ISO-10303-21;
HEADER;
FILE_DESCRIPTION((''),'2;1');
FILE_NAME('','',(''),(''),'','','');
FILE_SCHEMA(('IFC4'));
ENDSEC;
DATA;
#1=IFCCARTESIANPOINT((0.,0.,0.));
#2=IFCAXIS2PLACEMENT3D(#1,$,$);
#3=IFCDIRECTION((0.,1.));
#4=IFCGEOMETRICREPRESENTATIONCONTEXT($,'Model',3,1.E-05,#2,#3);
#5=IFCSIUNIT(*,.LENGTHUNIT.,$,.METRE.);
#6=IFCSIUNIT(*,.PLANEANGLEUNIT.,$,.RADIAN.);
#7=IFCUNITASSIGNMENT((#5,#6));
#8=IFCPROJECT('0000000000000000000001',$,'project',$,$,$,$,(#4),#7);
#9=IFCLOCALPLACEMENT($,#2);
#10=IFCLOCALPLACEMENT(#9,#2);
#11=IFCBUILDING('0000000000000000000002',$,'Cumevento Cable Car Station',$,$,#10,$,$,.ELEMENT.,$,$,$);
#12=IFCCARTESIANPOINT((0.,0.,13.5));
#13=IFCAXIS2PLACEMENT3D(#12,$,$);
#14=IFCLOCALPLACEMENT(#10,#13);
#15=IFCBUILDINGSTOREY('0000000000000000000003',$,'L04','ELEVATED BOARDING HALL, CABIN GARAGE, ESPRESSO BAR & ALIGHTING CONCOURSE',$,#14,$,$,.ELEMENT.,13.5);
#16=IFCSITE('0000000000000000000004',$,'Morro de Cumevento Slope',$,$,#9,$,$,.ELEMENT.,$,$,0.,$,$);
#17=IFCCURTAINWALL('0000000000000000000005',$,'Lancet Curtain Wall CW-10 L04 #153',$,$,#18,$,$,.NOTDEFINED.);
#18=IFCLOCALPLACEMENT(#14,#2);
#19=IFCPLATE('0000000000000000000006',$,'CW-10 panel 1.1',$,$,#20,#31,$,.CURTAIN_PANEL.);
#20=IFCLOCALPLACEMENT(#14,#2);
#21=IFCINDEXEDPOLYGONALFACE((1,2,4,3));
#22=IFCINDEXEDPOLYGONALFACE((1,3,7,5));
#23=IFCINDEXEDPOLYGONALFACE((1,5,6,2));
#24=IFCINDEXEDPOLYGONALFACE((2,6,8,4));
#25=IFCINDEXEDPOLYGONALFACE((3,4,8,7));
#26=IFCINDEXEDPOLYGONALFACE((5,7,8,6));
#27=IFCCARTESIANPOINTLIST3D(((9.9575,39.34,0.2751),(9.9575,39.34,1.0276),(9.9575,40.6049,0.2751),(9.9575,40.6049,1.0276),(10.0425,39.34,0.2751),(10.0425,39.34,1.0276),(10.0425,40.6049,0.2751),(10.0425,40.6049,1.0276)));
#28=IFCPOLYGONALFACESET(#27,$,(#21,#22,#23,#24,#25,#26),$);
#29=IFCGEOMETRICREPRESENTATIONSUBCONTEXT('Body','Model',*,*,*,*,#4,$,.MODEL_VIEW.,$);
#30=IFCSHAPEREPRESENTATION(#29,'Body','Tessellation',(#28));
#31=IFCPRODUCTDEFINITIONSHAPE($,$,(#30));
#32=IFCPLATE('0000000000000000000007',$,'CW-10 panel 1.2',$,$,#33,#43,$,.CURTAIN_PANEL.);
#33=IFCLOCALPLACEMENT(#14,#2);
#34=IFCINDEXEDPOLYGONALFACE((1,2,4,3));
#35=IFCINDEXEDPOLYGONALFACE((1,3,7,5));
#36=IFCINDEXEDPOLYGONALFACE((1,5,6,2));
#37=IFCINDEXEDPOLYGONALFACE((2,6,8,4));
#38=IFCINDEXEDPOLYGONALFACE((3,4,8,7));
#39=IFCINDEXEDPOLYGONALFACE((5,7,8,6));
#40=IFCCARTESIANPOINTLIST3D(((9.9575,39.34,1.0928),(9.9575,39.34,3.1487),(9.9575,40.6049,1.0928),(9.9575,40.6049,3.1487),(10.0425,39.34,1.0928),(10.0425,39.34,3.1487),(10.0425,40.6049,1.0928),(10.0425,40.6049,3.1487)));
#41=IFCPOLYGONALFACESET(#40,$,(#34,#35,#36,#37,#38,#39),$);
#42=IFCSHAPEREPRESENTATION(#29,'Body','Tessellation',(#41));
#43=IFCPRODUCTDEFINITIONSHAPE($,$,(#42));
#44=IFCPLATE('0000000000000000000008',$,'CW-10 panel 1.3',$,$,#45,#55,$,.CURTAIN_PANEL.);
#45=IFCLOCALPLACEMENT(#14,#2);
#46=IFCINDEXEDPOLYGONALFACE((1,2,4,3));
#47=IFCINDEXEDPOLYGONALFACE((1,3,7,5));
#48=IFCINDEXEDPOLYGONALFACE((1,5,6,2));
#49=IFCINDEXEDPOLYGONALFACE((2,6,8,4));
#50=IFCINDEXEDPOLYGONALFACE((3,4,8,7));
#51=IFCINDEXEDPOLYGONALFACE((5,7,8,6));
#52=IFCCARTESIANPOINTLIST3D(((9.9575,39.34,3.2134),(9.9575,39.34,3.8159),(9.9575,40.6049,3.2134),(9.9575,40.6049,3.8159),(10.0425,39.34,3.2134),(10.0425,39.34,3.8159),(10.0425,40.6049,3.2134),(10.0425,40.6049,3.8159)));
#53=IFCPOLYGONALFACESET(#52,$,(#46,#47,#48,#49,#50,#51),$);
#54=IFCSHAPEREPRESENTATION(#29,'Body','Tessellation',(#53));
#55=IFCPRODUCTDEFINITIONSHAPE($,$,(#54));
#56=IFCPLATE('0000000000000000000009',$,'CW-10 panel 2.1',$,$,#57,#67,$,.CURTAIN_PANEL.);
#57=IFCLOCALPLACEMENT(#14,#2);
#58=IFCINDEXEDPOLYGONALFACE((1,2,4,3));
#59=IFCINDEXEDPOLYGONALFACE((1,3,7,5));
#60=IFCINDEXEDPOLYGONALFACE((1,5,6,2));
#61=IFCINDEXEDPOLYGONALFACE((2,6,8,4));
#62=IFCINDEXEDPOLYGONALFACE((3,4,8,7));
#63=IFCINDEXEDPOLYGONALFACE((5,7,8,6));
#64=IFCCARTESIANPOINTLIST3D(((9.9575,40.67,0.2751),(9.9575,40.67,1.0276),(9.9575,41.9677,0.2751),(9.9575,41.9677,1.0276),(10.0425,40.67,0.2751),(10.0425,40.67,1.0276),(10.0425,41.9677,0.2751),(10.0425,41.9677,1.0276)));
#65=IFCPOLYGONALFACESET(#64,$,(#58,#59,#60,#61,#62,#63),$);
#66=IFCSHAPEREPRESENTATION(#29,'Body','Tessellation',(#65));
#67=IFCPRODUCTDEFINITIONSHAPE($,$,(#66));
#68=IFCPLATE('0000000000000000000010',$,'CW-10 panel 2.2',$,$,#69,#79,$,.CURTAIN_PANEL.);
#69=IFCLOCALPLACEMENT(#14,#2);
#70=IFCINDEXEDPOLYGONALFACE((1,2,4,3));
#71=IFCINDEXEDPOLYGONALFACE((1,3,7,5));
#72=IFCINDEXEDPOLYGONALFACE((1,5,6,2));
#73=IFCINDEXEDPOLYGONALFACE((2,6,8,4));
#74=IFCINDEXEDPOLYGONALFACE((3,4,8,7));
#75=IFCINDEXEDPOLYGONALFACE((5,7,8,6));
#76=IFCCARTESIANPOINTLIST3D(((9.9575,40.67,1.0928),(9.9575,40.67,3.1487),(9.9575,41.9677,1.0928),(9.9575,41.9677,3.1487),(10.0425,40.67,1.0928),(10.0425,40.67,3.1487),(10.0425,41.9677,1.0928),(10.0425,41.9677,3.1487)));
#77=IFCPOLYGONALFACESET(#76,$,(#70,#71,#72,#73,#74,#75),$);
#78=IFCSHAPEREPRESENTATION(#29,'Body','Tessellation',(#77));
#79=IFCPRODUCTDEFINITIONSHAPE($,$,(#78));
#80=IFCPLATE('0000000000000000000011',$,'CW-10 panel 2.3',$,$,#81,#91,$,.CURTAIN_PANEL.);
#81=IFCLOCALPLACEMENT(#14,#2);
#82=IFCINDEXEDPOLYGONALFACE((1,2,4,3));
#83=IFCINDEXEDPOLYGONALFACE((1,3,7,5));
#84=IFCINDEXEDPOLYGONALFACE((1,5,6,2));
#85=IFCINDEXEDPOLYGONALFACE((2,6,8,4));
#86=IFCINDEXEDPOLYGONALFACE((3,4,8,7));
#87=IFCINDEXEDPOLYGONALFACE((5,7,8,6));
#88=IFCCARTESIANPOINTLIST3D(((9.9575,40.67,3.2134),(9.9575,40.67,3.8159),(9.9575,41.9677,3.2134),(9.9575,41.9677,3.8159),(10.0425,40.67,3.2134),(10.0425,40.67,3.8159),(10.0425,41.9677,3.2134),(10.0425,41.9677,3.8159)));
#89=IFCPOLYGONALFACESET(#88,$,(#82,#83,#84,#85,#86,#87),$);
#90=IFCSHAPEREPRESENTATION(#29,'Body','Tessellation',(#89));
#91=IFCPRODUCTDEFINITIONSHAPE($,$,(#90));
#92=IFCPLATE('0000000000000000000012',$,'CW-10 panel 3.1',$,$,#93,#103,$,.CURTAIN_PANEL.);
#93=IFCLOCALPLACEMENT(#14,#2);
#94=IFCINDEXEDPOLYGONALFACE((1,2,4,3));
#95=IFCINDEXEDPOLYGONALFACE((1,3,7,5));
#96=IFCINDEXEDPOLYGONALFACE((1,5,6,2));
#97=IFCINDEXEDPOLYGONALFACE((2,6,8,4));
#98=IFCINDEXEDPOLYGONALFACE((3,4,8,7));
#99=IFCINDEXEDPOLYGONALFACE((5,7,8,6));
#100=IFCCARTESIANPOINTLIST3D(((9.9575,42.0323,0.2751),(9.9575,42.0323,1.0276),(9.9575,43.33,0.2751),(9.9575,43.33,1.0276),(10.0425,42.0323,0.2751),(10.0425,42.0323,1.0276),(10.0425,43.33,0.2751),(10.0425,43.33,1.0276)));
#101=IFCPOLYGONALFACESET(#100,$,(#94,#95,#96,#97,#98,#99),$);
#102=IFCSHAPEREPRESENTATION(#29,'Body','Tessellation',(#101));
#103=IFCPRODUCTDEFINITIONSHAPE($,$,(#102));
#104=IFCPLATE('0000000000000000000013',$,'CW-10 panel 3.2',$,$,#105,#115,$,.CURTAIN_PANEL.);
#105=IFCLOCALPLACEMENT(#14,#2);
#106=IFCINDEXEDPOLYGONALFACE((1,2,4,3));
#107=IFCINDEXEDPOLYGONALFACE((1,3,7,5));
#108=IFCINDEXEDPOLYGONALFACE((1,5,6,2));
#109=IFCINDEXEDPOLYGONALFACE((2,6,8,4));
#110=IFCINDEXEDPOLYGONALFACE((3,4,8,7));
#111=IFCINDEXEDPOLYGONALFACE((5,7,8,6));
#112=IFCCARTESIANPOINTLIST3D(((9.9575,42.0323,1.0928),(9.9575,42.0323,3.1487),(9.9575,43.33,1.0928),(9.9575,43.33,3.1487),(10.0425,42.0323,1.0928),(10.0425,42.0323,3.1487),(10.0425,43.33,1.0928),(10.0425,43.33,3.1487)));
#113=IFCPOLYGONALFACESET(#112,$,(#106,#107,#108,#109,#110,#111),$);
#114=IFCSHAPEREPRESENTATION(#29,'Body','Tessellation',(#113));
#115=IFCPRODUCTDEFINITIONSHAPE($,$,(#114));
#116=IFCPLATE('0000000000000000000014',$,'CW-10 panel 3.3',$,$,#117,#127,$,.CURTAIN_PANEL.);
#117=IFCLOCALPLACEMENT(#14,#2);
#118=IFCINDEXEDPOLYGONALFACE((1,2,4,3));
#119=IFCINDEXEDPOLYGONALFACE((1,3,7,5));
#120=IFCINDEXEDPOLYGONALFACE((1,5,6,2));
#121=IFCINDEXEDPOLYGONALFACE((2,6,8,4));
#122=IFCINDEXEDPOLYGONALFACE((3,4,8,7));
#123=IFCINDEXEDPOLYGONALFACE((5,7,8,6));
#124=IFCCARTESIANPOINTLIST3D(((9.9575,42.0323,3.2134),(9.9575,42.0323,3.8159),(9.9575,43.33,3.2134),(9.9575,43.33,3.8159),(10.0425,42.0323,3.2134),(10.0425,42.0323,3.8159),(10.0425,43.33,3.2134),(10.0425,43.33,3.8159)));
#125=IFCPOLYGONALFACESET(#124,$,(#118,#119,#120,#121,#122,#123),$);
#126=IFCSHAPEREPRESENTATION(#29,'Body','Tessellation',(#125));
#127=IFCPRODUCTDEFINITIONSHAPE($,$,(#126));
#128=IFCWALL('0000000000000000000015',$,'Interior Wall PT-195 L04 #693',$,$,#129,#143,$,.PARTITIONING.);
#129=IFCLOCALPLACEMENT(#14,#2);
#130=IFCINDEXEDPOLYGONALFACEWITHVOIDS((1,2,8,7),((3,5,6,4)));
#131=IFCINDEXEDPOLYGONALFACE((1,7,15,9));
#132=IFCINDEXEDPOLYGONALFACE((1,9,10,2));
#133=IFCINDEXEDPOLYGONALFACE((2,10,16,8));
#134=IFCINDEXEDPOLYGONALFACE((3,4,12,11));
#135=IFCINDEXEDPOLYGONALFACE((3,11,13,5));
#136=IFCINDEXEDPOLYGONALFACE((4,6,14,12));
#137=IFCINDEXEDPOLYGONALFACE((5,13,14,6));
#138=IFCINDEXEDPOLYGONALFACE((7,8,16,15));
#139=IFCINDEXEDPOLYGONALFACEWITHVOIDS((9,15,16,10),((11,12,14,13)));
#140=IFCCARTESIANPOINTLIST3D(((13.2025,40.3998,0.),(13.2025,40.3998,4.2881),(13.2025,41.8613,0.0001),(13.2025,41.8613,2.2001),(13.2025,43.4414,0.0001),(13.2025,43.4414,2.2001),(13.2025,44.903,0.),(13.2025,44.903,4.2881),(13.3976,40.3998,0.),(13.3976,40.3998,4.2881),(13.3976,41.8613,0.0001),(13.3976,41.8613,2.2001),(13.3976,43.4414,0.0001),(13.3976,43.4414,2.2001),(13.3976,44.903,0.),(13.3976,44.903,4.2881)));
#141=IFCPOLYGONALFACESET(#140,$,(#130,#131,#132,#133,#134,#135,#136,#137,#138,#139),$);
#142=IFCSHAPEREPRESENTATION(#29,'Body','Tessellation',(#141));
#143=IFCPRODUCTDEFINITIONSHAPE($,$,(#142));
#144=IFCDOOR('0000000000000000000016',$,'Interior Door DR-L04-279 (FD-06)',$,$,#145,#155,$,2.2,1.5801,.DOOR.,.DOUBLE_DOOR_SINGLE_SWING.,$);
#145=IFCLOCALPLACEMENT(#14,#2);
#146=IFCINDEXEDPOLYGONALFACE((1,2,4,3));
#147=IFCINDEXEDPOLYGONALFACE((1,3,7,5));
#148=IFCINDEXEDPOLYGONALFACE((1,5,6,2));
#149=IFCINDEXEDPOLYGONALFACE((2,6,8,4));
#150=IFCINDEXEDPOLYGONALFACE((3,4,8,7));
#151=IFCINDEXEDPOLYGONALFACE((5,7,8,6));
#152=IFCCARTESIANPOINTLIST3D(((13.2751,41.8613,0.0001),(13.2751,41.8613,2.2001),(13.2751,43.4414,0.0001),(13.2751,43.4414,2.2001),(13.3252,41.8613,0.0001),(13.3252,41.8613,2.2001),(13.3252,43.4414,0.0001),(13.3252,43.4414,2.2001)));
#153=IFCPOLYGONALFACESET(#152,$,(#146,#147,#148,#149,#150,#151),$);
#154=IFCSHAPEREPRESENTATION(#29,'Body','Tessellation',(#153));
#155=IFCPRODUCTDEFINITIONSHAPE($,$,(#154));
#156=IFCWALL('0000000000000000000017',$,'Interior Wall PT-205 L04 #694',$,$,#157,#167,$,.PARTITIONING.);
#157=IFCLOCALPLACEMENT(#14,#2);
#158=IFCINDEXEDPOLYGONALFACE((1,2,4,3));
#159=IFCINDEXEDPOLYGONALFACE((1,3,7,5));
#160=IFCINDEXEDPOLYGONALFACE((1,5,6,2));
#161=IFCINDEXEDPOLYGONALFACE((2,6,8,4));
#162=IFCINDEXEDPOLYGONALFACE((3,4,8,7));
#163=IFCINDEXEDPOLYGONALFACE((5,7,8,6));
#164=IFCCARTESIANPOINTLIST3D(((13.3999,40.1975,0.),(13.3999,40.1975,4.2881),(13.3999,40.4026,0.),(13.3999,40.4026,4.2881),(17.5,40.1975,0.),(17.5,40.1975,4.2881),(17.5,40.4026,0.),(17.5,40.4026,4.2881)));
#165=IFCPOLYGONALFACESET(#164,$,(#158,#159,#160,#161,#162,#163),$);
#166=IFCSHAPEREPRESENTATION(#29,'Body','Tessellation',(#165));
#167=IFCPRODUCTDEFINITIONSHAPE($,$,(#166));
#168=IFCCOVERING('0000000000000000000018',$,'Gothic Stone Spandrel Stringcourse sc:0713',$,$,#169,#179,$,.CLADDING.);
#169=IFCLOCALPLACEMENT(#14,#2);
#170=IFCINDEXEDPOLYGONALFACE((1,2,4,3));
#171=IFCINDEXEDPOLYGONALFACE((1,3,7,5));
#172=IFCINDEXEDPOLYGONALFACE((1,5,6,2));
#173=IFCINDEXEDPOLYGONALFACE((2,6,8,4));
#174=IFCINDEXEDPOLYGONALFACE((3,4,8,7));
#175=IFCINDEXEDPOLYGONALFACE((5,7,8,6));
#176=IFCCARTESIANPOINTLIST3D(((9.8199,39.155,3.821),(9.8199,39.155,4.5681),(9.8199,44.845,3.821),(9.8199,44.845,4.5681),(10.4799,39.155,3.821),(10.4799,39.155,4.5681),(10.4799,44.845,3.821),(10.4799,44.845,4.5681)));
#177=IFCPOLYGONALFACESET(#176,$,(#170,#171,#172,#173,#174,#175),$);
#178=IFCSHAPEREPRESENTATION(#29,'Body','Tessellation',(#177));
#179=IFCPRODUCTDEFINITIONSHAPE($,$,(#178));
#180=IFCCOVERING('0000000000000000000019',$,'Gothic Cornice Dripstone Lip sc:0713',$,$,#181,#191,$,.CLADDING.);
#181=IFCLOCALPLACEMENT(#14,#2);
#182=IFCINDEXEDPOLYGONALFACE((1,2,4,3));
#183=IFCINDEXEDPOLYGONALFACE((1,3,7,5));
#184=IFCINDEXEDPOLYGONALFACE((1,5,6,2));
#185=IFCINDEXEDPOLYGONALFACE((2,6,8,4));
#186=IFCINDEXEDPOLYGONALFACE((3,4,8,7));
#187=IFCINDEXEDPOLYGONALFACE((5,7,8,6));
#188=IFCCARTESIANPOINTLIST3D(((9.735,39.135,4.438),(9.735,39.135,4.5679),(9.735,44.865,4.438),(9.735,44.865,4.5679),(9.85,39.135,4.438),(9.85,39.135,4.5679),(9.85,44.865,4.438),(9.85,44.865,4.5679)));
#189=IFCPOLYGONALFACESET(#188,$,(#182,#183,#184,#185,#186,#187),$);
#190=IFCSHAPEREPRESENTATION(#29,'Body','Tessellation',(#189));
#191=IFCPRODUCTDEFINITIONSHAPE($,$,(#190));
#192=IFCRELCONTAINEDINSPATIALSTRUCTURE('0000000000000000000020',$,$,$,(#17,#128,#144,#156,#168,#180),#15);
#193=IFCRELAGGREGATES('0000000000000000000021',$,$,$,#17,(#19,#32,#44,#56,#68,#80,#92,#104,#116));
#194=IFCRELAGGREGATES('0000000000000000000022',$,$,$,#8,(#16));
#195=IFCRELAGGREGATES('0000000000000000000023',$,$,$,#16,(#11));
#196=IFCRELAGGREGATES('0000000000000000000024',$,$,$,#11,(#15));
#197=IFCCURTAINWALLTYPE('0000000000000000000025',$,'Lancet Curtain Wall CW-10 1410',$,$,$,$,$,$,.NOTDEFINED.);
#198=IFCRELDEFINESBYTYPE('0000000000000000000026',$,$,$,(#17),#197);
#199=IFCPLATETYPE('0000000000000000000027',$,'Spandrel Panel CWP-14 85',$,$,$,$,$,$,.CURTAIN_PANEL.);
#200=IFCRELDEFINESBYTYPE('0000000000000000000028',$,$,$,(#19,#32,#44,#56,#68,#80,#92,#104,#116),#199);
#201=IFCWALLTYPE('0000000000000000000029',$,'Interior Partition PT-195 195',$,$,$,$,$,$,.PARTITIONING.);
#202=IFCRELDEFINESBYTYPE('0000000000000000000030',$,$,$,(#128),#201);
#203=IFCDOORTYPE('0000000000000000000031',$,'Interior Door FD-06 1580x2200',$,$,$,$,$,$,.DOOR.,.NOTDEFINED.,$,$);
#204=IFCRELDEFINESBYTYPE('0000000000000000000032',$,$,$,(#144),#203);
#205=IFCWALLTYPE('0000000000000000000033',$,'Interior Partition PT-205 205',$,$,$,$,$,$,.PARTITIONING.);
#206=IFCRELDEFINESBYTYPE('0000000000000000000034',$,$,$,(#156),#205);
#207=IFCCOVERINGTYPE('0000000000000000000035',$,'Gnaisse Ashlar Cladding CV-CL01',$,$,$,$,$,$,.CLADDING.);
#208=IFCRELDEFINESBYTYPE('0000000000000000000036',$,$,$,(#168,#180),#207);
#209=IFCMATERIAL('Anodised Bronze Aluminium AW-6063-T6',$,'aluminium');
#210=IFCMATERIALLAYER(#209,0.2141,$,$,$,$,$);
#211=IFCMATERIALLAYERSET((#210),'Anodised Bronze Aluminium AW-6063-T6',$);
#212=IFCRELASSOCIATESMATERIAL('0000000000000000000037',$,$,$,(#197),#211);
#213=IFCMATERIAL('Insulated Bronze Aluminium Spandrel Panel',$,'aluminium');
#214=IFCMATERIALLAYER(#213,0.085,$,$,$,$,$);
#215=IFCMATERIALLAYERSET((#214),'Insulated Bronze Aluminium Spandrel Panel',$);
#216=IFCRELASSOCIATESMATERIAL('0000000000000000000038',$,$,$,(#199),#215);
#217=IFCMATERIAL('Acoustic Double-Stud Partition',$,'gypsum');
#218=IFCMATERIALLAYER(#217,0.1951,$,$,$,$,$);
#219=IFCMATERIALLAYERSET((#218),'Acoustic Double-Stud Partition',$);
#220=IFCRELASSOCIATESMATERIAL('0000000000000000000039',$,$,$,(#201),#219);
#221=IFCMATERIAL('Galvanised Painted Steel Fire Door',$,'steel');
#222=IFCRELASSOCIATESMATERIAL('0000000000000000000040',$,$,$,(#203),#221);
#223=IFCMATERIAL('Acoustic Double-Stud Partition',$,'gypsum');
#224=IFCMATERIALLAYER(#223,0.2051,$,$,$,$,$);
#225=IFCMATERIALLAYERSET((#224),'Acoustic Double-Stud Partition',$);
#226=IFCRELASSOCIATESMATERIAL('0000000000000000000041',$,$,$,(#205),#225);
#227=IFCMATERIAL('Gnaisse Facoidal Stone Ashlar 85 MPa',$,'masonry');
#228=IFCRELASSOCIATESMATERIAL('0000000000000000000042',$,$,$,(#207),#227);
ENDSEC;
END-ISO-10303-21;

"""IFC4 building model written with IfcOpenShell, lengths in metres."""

from ifc_helpers import new_model, si_unit, direction, frame, frame_2d, origin, origin_2d, place, context, subcontext, project, spatial, rectangle, extrude, material, layer, layer_set, type_object, element, fill, aggregate, save


model = new_model("IFC4")

# Units and contexts
model_context = context("Model", 3, precision=1e-05, world=origin(), true_north=direction((0.0, 1.0)))
body_context = subcontext(model_context, "Body", "Model", "MODEL_VIEW")
ifc_project = project(units=[si_unit("LENGTHUNIT", "METRE"), si_unit("PLANEANGLEUNIT", "RADIAN")], contexts=[model_context])

# Site, building, storey
site_placement = place(None, origin())
site = spatial("IfcSite", under=ifc_project, at=site_placement, Name="Morro de Cumevento Slope", CompositionType="ELEMENT", RefElevation=0.0)
building_placement = place(site_placement, origin())
building = spatial("IfcBuilding", under=site, at=building_placement, Name="Cumevento Cable Car Station", CompositionType="ELEMENT")
storey_placement = place(building_placement, frame((0.0, 0.0, 13.5)))
storey = spatial("IfcBuildingStorey", under=building, at=storey_placement, Name="L04", Description="ELEVATED BOARDING HALL, CABIN GARAGE, ESPRESSO BAR & ALIGHTING CONCOURSE", CompositionType="ELEMENT", Elevation=13.5)

# Curtain wall, plates
ifc_material_1 = material(Name="Anodised Bronze Aluminium AW-6063-T6", Category="aluminium")
ifc_layer_1 = layer(ifc_material_1, 0.2141)
ifc_layer_set_1 = layer_set([ifc_layer_1], Name="Anodised Bronze Aluminium AW-6063-T6")
curtain_wall_type = type_object("IfcCurtainWallType", Name="Lancet Curtain Wall CW-10 1410", PredefinedType="NOTDEFINED", material=ifc_layer_set_1)
curtain_wall_placement = place(storey_placement, origin())
curtain_wall = element("IfcCurtainWall", 1, at=curtain_wall_placement, inside=storey, type_object=curtain_wall_type, Name="Lancet Curtain Wall CW-10 L04 #153", PredefinedType="NOTDEFINED")
ifc_material_2 = material(Name="Insulated Bronze Aluminium Spandrel Panel", Category="aluminium")
ifc_layer_2 = layer(ifc_material_2, 0.085)
ifc_layer_set_2 = layer_set([ifc_layer_2], Name="Insulated Bronze Aluminium Spandrel Panel")
plate_type = type_object("IfcPlateType", Name="Spandrel Panel CWP-14 85", PredefinedType="CURTAIN_PANEL", material=ifc_layer_set_2)
plate_1_placement = place(storey_placement, frame((10.0, 39.9724, 0.2751), z_axis=(0.0, 0.0, 1.0), x_axis=(0.0, 1.0, 0.0)))
plate_1 = element("IfcPlate", 2, at=plate_1_placement, type_object=plate_type, Name="CW-10 panel 1.1", PredefinedType="CURTAIN_PANEL", context=body_context, shape_type="SweptSolid", body=[
    extrude(rectangle(XDim=1.2649, YDim=0.085, at=origin_2d()), origin(), (0.0, 0.0, 1.0), 0.7524),
])
plate_2_placement = place(storey_placement, frame((10.0, 39.9724, 1.0928), z_axis=(0.0, 0.0, 1.0), x_axis=(0.0, 1.0, 0.0)))
plate_2 = element("IfcPlate", 3, at=plate_2_placement, type_object=plate_type, Name="CW-10 panel 1.2", PredefinedType="CURTAIN_PANEL", context=body_context, shape_type="SweptSolid", body=[
    extrude(rectangle(XDim=1.2649, YDim=0.085, at=origin_2d()), origin(), (0.0, 0.0, 1.0), 2.0559),
])
plate_3_placement = place(storey_placement, frame((10.0, 39.9724, 3.2134), z_axis=(0.0, 0.0, 1.0), x_axis=(0.0, 1.0, 0.0)))
plate_3 = element("IfcPlate", 4, at=plate_3_placement, type_object=plate_type, Name="CW-10 panel 1.3", PredefinedType="CURTAIN_PANEL", context=body_context, shape_type="SweptSolid", body=[
    extrude(rectangle(XDim=1.2649, YDim=0.085, at=origin_2d()), origin(), (0.0, 0.0, 1.0), 0.6025),
])
plate_4_placement = place(storey_placement, frame((10.0, 41.3188, 0.2751), z_axis=(0.0, 0.0, 1.0), x_axis=(0.0, 1.0, 0.0)))
plate_4 = element("IfcPlate", 5, at=plate_4_placement, type_object=plate_type, Name="CW-10 panel 2.1", PredefinedType="CURTAIN_PANEL", context=body_context, shape_type="SweptSolid", body=[
    extrude(rectangle(XDim=1.2976, YDim=0.085, at=origin_2d()), origin(), (0.0, 0.0, 1.0), 0.7524),
])
plate_5_placement = place(storey_placement, frame((10.0, 41.3188, 1.0928), z_axis=(0.0, 0.0, 1.0), x_axis=(0.0, 1.0, 0.0)))
plate_5 = element("IfcPlate", 6, at=plate_5_placement, type_object=plate_type, Name="CW-10 panel 2.2", PredefinedType="CURTAIN_PANEL", context=body_context, shape_type="SweptSolid", body=[
    extrude(rectangle(XDim=1.2976, YDim=0.085, at=origin_2d()), origin(), (0.0, 0.0, 1.0), 2.0559),
])
plate_6_placement = place(storey_placement, frame((10.0, 41.3188, 3.2134), z_axis=(0.0, 0.0, 1.0), x_axis=(0.0, 1.0, 0.0)))
plate_6 = element("IfcPlate", 7, at=plate_6_placement, type_object=plate_type, Name="CW-10 panel 2.3", PredefinedType="CURTAIN_PANEL", context=body_context, shape_type="SweptSolid", body=[
    extrude(rectangle(XDim=1.2976, YDim=0.085, at=origin_2d()), origin(), (0.0, 0.0, 1.0), 0.6025),
])
plate_7_placement = place(storey_placement, frame((10.0, 42.6812, 0.2751), z_axis=(0.0, 0.0, 1.0), x_axis=(0.0, 1.0, 0.0)))
plate_7 = element("IfcPlate", 8, at=plate_7_placement, type_object=plate_type, Name="CW-10 panel 3.1", PredefinedType="CURTAIN_PANEL", context=body_context, shape_type="SweptSolid", body=[
    extrude(rectangle(XDim=1.2976, YDim=0.085, at=origin_2d()), origin(), (0.0, 0.0, 1.0), 0.7524),
])
plate_8_placement = place(storey_placement, frame((10.0, 42.6812, 1.0928), z_axis=(0.0, 0.0, 1.0), x_axis=(0.0, 1.0, 0.0)))
plate_8 = element("IfcPlate", 9, at=plate_8_placement, type_object=plate_type, Name="CW-10 panel 3.2", PredefinedType="CURTAIN_PANEL", context=body_context, shape_type="SweptSolid", body=[
    extrude(rectangle(XDim=1.2976, YDim=0.085, at=origin_2d()), origin(), (0.0, 0.0, 1.0), 2.0559),
])
plate_9_placement = place(storey_placement, frame((10.0, 42.6812, 3.2134), z_axis=(0.0, 0.0, 1.0), x_axis=(0.0, 1.0, 0.0)))
plate_9 = element("IfcPlate", 10, at=plate_9_placement, type_object=plate_type, Name="CW-10 panel 3.3", PredefinedType="CURTAIN_PANEL", context=body_context, shape_type="SweptSolid", body=[
    extrude(rectangle(XDim=1.2976, YDim=0.085, at=origin_2d()), origin(), (0.0, 0.0, 1.0), 0.6025),
])
aggregate(curtain_wall, [plate_1, plate_2, plate_3, plate_4, plate_5, plate_6, plate_7, plate_8, plate_9])

# Wall, opening, door
ifc_material_3 = material(Name="Acoustic Double-Stud Partition", Category="gypsum")
ifc_layer_3 = layer(ifc_material_3, 0.1951)
ifc_layer_set_3 = layer_set([ifc_layer_3], Name="Acoustic Double-Stud Partition")
wall_type_1 = type_object("IfcWallType", Name="Interior Partition PT-195 195", PredefinedType="PARTITIONING", material=ifc_layer_set_3)
wall_1_placement = place(storey_placement, frame((13.3, 40.3999, 0.0), z_axis=(0.0, 0.0, 1.0), x_axis=(0.0, 1.0, 0.0)))
wall_1 = element("IfcWall", 11, at=wall_1_placement, inside=storey, type_object=wall_type_1, Name="Interior Wall PT-195 L04 #693", PredefinedType="PARTITIONING", context=body_context, shape_type="SweptSolid", body=[
    extrude(rectangle(XDim=4.5032, YDim=0.1951, at=frame_2d((2.2515, 0.0))), origin(), (0.0, 0.0, 1.0), 4.2881),
])
opening_placement = place(wall_1_placement, frame((1.4614, 0.0, 0.0)))
opening = element("IfcOpeningElement", 12, at=opening_placement, cuts=wall_1, PredefinedType="OPENING", context=body_context, shape_type="SweptSolid", body=[
    extrude(rectangle(XDim=1.5801, YDim=2.2, at=frame_2d((0.79, 1.1001))), frame((0.0, 0.1077, 0.0), z_axis=(0.0, -1.0, 0.0), x_axis=(1.0, 0.0, 0.0)), (0.0, 0.0, 1.0), 0.2151),
])
ifc_material_4 = material(Name="Galvanised Painted Steel Fire Door", Category="steel")
door_type = type_object("IfcDoorType", Name="Interior Door FD-06 1580x2200", OperationType="NOTDEFINED", PredefinedType="DOOR", material=ifc_material_4)
door_placement = place(opening_placement, origin())
door = element("IfcDoor", 13, at=door_placement, inside=storey, type_object=door_type, Name="Interior Door DR-L04-279 (FD-06)", OperationType="DOUBLE_DOOR_SINGLE_SWING", OverallHeight=2.2, OverallWidth=1.5801, PredefinedType="DOOR", context=body_context, shape_type="SweptSolid", body=[
    extrude(rectangle(XDim=1.5801, YDim=2.2, at=frame_2d((0.79, 1.1001))), frame((0.0, 0.0249, 0.0), z_axis=(0.0, -1.0, 0.0), x_axis=(1.0, 0.0, 0.0)), (0.0, 0.0, 1.0), 0.05),
])
fill(opening, door)

# Wall
ifc_material_5 = material(Name="Acoustic Double-Stud Partition", Category="gypsum")
ifc_layer_4 = layer(ifc_material_5, 0.2051)
ifc_layer_set_4 = layer_set([ifc_layer_4], Name="Acoustic Double-Stud Partition")
wall_type_2 = type_object("IfcWallType", Name="Interior Partition PT-205 205", PredefinedType="PARTITIONING", material=ifc_layer_set_4)
wall_2_placement = place(storey_placement, frame((13.3999, 40.3, 0.0), z_axis=(0.0, 0.0, 1.0), x_axis=(1.0, 0.0, 0.0)))
element("IfcWall", 14, at=wall_2_placement, inside=storey, type_object=wall_type_2, Name="Interior Wall PT-205 L04 #694", PredefinedType="PARTITIONING", context=body_context, shape_type="SweptSolid", body=[
    extrude(rectangle(XDim=4.1001, YDim=0.2051, at=frame_2d((2.05, 0.0))), origin(), (0.0, 0.0, 1.0), 4.2881),
])

# Coverings
ifc_material_6 = material(Name="Gnaisse Facoidal Stone Ashlar 85 MPa", Category="masonry")
covering_type = type_object("IfcCoveringType", Name="Gnaisse Ashlar Cladding CV-CL01", PredefinedType="CLADDING", material=ifc_material_6)
covering_1_placement = place(storey_placement, frame((10.1499, 42.0, 3.821), z_axis=(0.0, 0.0, 1.0), x_axis=(0.0, 1.0, 0.0)))
element("IfcCovering", 15, at=covering_1_placement, inside=storey, type_object=covering_type, Name="Gothic Stone Spandrel Stringcourse sc:0713", PredefinedType="CLADDING", context=body_context, shape_type="SweptSolid", body=[
    extrude(rectangle(XDim=5.6899, YDim=0.6599, at=origin_2d()), origin(), (0.0, 0.0, 1.0), 0.7471),
])
covering_2_placement = place(storey_placement, frame((9.7925, 42.0, 4.438), z_axis=(0.0, 0.0, 1.0), x_axis=(0.0, 1.0, 0.0)))
element("IfcCovering", 16, at=covering_2_placement, inside=storey, type_object=covering_type, Name="Gothic Cornice Dripstone Lip sc:0713", PredefinedType="CLADDING", context=body_context, shape_type="SweptSolid", body=[
    extrude(rectangle(XDim=5.73, YDim=0.115, at=origin_2d()), origin(), (0.0, 0.0, 1.0), 0.1299),
])

save(model, "model.ifc")
